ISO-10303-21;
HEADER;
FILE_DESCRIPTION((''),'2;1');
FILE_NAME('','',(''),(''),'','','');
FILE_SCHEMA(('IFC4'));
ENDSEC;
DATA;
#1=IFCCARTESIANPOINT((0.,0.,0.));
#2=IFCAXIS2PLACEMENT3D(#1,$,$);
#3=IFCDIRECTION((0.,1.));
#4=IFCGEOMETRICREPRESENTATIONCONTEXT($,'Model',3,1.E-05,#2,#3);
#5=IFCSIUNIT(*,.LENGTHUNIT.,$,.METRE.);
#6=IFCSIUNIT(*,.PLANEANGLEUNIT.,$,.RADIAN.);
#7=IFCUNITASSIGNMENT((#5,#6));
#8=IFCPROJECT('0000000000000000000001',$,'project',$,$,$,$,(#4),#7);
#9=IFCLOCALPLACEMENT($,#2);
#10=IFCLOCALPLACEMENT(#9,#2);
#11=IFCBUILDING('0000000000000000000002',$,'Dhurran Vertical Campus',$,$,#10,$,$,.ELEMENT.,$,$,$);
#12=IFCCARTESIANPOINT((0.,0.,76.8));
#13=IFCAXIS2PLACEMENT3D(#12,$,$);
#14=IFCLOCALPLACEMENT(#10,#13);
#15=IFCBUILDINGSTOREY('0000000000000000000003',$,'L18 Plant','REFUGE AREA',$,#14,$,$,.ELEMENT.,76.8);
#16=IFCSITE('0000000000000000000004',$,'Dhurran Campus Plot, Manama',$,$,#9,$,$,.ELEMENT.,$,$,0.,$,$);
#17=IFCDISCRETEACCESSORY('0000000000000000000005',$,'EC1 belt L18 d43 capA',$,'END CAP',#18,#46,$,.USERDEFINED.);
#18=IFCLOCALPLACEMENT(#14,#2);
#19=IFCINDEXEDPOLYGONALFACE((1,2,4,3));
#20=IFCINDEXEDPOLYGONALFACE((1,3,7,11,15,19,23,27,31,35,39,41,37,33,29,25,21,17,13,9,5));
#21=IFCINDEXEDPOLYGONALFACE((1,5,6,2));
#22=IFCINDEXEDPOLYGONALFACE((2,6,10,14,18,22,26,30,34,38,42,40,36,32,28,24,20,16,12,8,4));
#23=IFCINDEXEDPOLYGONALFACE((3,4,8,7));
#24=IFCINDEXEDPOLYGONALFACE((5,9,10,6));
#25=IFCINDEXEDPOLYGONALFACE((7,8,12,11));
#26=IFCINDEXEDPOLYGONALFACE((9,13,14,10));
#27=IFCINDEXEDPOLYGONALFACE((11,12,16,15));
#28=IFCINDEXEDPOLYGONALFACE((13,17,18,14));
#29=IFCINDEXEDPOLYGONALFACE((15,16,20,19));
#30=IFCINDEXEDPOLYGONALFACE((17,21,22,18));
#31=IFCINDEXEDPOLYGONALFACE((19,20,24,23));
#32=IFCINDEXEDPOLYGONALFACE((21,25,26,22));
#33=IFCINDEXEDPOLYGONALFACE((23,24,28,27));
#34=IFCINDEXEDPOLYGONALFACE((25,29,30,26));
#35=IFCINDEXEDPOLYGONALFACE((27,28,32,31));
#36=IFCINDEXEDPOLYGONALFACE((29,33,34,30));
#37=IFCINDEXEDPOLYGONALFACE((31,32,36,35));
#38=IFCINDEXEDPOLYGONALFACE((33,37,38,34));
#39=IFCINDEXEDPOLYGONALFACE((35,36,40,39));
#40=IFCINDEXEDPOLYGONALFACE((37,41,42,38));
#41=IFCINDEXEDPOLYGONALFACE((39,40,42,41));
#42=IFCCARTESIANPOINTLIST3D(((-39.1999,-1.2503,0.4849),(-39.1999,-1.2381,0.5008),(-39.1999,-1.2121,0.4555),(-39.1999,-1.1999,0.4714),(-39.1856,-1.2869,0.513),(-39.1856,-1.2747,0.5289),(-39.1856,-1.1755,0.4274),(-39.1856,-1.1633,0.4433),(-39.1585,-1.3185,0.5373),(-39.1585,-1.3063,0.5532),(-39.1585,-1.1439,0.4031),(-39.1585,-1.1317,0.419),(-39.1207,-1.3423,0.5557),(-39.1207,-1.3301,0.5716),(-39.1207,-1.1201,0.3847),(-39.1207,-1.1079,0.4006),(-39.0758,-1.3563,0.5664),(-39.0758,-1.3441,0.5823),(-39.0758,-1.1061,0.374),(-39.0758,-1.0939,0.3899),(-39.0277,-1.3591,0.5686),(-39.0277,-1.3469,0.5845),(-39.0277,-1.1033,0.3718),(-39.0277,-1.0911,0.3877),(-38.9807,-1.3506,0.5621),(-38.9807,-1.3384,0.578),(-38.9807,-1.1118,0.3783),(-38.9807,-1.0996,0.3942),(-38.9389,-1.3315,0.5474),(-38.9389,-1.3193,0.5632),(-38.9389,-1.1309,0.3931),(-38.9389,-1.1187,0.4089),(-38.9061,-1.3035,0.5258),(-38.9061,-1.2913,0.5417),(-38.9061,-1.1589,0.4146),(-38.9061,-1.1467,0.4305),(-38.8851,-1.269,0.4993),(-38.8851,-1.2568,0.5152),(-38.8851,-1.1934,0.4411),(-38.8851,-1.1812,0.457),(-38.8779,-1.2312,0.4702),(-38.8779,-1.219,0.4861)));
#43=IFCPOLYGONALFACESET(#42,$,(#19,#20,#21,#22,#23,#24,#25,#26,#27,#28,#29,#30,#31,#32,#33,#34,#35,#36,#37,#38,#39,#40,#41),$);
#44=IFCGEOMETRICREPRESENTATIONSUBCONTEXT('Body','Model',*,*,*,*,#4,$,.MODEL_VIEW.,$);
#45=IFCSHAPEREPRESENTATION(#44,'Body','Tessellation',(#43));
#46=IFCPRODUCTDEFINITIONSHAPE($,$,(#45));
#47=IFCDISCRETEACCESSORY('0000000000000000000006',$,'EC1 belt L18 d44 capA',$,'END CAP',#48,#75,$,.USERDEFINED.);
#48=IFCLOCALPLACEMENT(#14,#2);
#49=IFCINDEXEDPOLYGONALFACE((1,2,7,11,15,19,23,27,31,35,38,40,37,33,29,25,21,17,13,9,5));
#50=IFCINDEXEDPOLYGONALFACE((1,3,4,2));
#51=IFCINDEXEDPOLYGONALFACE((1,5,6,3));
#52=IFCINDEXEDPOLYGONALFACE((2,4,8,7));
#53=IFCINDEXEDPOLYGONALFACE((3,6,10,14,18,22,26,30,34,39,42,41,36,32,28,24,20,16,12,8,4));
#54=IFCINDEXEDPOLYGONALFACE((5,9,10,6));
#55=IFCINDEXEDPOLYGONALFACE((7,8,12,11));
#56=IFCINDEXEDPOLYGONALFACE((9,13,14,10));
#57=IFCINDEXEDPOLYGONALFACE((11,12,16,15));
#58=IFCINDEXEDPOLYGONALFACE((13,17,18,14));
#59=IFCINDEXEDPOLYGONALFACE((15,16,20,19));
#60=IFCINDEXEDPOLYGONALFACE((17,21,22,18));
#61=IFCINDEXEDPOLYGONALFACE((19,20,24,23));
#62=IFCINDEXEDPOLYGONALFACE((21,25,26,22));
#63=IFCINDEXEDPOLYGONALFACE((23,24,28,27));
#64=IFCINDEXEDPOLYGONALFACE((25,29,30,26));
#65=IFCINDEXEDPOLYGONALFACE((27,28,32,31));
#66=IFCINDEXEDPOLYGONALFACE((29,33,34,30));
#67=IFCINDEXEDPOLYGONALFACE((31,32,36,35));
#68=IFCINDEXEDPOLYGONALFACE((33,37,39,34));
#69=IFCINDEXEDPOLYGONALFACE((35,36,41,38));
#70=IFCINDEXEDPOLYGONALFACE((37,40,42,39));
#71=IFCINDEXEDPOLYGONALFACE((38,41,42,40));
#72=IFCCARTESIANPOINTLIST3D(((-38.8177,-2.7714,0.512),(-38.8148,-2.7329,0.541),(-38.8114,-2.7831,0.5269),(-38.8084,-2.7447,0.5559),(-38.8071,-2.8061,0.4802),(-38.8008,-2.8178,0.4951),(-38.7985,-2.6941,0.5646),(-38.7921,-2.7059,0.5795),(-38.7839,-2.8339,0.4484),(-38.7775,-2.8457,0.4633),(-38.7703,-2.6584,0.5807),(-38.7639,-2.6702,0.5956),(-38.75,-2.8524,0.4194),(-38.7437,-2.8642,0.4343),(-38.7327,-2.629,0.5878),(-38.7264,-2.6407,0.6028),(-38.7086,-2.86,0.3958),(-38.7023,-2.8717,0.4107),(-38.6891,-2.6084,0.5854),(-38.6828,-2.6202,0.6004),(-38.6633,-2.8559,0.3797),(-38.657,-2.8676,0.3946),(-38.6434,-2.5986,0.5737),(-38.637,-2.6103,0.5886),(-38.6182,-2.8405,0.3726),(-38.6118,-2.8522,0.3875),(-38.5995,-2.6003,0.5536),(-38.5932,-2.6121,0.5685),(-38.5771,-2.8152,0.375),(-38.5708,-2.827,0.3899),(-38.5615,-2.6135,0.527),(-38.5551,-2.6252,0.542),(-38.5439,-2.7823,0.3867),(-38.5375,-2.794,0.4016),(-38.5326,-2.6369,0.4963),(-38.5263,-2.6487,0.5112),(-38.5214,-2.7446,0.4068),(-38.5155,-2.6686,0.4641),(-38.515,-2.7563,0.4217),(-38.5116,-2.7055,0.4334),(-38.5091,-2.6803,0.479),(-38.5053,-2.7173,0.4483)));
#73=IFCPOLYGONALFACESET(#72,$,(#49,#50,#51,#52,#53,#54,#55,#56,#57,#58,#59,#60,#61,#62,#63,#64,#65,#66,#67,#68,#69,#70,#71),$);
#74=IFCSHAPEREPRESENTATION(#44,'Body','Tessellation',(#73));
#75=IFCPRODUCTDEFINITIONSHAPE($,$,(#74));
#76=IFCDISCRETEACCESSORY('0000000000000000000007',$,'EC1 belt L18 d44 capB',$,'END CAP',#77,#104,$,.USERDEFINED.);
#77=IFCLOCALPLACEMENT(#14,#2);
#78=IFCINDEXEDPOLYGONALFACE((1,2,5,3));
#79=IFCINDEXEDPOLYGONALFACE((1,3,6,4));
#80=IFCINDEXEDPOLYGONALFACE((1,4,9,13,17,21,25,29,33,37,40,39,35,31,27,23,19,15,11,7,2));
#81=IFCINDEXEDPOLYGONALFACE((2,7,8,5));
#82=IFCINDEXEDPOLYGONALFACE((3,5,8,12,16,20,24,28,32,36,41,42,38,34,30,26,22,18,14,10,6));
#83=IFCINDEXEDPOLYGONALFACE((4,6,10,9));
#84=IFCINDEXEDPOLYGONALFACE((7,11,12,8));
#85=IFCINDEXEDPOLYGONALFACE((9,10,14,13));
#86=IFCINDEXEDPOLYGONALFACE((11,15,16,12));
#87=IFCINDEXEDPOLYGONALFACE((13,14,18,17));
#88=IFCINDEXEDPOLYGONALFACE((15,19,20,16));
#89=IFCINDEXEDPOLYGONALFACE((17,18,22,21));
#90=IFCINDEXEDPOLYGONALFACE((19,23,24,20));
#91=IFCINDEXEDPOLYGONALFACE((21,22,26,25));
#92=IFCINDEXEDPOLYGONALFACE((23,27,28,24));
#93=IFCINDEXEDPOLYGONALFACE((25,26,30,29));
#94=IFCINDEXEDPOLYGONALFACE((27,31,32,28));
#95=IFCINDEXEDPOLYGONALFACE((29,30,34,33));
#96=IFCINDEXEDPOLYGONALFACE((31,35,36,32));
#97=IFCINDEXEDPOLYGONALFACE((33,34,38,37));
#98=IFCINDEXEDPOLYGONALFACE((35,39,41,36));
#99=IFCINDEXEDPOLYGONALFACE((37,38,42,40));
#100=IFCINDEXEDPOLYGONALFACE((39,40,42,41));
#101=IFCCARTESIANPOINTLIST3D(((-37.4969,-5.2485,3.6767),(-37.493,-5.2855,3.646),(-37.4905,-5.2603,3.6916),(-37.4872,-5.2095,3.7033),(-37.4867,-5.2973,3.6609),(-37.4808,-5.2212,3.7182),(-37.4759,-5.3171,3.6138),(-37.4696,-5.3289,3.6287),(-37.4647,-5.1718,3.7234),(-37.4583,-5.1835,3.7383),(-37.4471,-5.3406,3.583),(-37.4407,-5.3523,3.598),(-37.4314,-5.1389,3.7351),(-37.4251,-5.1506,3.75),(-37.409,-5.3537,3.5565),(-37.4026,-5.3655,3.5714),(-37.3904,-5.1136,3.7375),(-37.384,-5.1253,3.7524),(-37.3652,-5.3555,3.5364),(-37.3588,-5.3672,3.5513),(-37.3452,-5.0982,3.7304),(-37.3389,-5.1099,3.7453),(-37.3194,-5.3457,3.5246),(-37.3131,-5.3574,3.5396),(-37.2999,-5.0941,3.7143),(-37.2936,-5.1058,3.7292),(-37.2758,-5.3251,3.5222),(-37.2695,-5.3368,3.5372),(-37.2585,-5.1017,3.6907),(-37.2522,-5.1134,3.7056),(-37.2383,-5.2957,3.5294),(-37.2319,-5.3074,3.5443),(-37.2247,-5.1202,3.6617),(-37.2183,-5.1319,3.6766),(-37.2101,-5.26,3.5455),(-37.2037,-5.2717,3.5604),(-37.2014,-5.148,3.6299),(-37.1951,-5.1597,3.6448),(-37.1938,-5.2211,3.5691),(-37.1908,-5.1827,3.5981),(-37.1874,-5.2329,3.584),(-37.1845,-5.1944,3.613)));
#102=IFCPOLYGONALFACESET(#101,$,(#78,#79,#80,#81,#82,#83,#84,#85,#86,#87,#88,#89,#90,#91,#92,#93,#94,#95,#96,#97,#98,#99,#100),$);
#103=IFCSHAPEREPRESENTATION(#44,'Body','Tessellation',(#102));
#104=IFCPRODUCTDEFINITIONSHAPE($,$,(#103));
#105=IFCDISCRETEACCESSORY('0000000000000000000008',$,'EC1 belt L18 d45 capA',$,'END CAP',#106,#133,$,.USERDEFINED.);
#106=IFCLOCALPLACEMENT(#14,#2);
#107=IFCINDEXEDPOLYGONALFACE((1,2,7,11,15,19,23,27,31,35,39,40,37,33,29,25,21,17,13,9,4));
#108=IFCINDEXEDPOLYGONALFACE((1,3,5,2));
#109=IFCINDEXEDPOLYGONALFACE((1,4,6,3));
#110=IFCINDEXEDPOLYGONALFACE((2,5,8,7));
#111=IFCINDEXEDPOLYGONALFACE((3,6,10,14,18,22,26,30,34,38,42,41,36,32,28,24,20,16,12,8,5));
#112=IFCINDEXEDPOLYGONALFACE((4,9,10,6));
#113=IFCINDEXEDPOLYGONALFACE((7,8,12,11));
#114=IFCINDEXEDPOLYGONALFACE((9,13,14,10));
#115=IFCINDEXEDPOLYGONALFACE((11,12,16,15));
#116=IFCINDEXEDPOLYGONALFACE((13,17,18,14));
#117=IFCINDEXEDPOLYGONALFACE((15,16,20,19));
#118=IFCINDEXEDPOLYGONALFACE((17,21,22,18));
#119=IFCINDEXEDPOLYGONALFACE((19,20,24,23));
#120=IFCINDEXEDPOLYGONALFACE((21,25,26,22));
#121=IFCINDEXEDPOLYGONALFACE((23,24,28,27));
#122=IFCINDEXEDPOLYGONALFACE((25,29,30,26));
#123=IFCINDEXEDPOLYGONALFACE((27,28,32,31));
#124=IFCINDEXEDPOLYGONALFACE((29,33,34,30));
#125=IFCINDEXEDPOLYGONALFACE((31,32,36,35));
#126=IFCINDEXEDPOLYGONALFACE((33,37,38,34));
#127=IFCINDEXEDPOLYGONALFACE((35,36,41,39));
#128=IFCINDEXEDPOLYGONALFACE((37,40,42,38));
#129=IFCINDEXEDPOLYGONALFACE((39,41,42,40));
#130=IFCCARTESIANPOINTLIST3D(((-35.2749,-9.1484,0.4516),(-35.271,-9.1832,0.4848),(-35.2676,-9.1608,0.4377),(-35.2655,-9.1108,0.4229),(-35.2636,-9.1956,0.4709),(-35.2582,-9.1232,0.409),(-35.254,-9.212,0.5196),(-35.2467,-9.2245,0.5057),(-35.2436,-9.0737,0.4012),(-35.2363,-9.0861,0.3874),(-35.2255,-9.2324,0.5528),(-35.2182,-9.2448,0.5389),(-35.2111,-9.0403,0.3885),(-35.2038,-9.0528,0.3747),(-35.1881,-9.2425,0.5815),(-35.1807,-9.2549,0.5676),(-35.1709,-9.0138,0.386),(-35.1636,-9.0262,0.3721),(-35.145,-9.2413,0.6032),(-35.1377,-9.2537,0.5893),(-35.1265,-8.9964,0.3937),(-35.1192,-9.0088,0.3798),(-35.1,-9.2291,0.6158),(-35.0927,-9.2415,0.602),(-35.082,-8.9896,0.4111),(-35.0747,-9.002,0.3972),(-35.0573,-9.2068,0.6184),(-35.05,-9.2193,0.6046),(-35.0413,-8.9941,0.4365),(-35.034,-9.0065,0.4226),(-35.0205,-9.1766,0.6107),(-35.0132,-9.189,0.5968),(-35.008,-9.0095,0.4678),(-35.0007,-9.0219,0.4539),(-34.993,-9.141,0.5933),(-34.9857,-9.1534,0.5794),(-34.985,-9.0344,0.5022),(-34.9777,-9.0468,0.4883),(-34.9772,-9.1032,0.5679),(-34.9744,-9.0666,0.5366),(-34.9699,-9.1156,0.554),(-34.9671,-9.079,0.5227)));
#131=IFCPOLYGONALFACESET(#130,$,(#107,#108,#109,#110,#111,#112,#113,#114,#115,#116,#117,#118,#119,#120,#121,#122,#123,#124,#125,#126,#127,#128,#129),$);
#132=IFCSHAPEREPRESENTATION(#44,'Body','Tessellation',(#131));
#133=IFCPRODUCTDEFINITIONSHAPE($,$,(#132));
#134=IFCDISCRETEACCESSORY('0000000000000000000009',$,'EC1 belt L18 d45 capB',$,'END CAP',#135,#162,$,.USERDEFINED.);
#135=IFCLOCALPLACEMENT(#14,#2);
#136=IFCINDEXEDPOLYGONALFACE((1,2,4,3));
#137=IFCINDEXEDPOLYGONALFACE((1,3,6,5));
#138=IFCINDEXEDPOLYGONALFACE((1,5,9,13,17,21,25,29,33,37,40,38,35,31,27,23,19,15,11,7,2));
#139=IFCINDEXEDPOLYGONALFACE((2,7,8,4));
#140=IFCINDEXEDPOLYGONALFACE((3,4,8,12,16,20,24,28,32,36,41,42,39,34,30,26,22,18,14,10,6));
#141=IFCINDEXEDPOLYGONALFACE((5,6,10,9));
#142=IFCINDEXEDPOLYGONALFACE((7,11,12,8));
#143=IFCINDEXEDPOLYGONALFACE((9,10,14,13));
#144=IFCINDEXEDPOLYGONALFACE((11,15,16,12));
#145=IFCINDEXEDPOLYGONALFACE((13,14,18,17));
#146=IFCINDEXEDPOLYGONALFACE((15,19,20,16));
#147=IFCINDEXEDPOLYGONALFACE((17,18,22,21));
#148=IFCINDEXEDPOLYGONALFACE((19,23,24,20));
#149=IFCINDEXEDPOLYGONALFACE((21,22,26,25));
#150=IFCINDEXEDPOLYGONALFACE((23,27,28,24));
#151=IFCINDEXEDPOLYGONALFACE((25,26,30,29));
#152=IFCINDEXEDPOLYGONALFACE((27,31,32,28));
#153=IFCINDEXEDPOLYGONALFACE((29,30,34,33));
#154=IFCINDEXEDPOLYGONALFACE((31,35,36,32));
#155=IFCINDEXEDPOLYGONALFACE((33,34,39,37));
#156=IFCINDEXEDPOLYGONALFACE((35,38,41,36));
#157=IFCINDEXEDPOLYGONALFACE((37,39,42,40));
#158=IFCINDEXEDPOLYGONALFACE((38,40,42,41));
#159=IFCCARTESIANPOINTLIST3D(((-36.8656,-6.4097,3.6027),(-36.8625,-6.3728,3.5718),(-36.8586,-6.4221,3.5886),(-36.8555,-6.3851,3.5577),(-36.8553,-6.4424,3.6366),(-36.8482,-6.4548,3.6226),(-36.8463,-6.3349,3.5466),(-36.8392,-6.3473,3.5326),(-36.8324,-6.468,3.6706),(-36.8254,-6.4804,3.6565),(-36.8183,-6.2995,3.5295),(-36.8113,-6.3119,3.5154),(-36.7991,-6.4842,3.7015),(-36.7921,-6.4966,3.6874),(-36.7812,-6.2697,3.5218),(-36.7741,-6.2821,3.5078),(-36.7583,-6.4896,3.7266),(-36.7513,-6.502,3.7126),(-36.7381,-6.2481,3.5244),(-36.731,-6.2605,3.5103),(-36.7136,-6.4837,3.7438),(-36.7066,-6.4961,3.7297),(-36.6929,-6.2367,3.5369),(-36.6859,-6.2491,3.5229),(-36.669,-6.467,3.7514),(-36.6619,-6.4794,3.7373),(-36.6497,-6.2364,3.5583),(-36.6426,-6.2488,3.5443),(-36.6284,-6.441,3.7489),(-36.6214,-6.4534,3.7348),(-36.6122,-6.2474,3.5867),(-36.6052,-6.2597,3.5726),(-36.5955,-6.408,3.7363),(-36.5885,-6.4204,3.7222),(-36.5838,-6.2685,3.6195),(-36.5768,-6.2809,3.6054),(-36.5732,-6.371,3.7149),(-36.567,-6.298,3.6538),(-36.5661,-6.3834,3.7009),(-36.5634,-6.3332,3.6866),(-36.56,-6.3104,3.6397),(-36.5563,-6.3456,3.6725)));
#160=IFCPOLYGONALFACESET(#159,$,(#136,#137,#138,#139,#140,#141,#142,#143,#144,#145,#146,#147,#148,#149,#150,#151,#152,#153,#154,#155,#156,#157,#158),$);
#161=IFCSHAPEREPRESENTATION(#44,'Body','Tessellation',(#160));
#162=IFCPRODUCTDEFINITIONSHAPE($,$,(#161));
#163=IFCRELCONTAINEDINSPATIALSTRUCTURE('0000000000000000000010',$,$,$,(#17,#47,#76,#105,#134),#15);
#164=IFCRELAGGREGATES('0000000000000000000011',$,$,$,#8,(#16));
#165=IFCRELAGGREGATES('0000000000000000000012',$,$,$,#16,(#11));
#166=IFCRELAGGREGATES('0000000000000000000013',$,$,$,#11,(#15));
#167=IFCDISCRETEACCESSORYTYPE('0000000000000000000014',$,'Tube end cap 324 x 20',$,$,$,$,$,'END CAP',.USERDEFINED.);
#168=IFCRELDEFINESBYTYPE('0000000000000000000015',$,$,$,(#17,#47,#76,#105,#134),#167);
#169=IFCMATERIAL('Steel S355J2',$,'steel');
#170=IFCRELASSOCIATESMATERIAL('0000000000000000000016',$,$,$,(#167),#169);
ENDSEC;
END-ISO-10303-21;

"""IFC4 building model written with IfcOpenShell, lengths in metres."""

from ifc_helpers import new_model, si_unit, direction, frame, origin, origin_2d, place, context, subcontext, project, spatial, circle, extrude, material, material_profile, profile_set, type_object, element, save


model = new_model("IFC4")

# Units and contexts
model_context = context("Model", 3, precision=1e-05, world=origin(), true_north=direction((0.0, 1.0)))
body_context = subcontext(model_context, "Body", "Model", "MODEL_VIEW")
ifc_project = project(units=[si_unit("LENGTHUNIT", "METRE"), si_unit("PLANEANGLEUNIT", "RADIAN")], contexts=[model_context])

# Site, building, storey
site_placement = place(None, origin())
site = spatial("IfcSite", under=ifc_project, at=site_placement, Name="Dhurran Campus Plot, Manama", CompositionType="ELEMENT", RefElevation=0.0)
building_placement = place(site_placement, origin())
building = spatial("IfcBuilding", under=site, at=building_placement, Name="Dhurran Vertical Campus", CompositionType="ELEMENT")
storey_placement = place(building_placement, frame((0.0, 0.0, 76.8)))
storey = spatial("IfcBuildingStorey", under=building, at=storey_placement, Name="L18 Plant", Description="REFUGE AREA", CompositionType="ELEMENT", Elevation=76.8)

# Discrete accessories
ifc_material_1 = material(Name="Steel S355J2", Category="steel")
ifc_material_profile_1 = material_profile(ifc_material_1, circle(Radius=0.1619, at=origin_2d()), Name="Tube end cap 324 x 20")
ifc_profile_set_1 = profile_set([ifc_material_profile_1], Name="Steel S355J2")
discrete_accessory_type = type_object("IfcDiscreteAccessoryType", Name="Tube end cap 324 x 20", ElementType="END CAP", PredefinedType="USERDEFINED", material=ifc_profile_set_1)
for number, where, z_axis, x_axis, name in (
    (1, (-39.0398, -1.219, 0.4861), (0.0, -0.609711, -0.792624), (1.0, 0.0, 0.0), "EC1 belt L18 d43 capA"),
    (2, (-38.6584, -2.7407, 0.4951), (-0.317617, 0.58637, -0.745178), (-0.879292, -0.476283, 0.0), "EC1 belt L18 d44 capA"),
    (3, (-37.3438, -5.2251, 3.6299), (0.317617, -0.58637, 0.745178), (0.879292, 0.476283, 0.0), "EC1 belt L18 d44 capB"),
    (4, (-35.1245, -9.1165, 0.5022), (0.365148, -0.620752, -0.693782), (0.861934, 0.50702, 0.0), "EC1 belt L18 d45 capA"),
    (5, (-36.7075, -6.3748, 3.6226), (-0.351522, 0.618193, 0.703043), (-0.86929, -0.494302, 0.0), "EC1 belt L18 d45 capB"),
):
    element("IfcDiscreteAccessory", number, at=place(storey_placement, frame(where, z_axis=z_axis, x_axis=x_axis)), inside=storey, type_object=discrete_accessory_type, Name=name, ObjectType="END CAP", PredefinedType="USERDEFINED", context=body_context, shape_type="SweptSolid", body=[
        extrude(circle(Radius=0.1619, at=origin_2d()), origin(), (0.0, 0.0, 1.0), 0.02),
    ])

save(model, "model.ifc")
